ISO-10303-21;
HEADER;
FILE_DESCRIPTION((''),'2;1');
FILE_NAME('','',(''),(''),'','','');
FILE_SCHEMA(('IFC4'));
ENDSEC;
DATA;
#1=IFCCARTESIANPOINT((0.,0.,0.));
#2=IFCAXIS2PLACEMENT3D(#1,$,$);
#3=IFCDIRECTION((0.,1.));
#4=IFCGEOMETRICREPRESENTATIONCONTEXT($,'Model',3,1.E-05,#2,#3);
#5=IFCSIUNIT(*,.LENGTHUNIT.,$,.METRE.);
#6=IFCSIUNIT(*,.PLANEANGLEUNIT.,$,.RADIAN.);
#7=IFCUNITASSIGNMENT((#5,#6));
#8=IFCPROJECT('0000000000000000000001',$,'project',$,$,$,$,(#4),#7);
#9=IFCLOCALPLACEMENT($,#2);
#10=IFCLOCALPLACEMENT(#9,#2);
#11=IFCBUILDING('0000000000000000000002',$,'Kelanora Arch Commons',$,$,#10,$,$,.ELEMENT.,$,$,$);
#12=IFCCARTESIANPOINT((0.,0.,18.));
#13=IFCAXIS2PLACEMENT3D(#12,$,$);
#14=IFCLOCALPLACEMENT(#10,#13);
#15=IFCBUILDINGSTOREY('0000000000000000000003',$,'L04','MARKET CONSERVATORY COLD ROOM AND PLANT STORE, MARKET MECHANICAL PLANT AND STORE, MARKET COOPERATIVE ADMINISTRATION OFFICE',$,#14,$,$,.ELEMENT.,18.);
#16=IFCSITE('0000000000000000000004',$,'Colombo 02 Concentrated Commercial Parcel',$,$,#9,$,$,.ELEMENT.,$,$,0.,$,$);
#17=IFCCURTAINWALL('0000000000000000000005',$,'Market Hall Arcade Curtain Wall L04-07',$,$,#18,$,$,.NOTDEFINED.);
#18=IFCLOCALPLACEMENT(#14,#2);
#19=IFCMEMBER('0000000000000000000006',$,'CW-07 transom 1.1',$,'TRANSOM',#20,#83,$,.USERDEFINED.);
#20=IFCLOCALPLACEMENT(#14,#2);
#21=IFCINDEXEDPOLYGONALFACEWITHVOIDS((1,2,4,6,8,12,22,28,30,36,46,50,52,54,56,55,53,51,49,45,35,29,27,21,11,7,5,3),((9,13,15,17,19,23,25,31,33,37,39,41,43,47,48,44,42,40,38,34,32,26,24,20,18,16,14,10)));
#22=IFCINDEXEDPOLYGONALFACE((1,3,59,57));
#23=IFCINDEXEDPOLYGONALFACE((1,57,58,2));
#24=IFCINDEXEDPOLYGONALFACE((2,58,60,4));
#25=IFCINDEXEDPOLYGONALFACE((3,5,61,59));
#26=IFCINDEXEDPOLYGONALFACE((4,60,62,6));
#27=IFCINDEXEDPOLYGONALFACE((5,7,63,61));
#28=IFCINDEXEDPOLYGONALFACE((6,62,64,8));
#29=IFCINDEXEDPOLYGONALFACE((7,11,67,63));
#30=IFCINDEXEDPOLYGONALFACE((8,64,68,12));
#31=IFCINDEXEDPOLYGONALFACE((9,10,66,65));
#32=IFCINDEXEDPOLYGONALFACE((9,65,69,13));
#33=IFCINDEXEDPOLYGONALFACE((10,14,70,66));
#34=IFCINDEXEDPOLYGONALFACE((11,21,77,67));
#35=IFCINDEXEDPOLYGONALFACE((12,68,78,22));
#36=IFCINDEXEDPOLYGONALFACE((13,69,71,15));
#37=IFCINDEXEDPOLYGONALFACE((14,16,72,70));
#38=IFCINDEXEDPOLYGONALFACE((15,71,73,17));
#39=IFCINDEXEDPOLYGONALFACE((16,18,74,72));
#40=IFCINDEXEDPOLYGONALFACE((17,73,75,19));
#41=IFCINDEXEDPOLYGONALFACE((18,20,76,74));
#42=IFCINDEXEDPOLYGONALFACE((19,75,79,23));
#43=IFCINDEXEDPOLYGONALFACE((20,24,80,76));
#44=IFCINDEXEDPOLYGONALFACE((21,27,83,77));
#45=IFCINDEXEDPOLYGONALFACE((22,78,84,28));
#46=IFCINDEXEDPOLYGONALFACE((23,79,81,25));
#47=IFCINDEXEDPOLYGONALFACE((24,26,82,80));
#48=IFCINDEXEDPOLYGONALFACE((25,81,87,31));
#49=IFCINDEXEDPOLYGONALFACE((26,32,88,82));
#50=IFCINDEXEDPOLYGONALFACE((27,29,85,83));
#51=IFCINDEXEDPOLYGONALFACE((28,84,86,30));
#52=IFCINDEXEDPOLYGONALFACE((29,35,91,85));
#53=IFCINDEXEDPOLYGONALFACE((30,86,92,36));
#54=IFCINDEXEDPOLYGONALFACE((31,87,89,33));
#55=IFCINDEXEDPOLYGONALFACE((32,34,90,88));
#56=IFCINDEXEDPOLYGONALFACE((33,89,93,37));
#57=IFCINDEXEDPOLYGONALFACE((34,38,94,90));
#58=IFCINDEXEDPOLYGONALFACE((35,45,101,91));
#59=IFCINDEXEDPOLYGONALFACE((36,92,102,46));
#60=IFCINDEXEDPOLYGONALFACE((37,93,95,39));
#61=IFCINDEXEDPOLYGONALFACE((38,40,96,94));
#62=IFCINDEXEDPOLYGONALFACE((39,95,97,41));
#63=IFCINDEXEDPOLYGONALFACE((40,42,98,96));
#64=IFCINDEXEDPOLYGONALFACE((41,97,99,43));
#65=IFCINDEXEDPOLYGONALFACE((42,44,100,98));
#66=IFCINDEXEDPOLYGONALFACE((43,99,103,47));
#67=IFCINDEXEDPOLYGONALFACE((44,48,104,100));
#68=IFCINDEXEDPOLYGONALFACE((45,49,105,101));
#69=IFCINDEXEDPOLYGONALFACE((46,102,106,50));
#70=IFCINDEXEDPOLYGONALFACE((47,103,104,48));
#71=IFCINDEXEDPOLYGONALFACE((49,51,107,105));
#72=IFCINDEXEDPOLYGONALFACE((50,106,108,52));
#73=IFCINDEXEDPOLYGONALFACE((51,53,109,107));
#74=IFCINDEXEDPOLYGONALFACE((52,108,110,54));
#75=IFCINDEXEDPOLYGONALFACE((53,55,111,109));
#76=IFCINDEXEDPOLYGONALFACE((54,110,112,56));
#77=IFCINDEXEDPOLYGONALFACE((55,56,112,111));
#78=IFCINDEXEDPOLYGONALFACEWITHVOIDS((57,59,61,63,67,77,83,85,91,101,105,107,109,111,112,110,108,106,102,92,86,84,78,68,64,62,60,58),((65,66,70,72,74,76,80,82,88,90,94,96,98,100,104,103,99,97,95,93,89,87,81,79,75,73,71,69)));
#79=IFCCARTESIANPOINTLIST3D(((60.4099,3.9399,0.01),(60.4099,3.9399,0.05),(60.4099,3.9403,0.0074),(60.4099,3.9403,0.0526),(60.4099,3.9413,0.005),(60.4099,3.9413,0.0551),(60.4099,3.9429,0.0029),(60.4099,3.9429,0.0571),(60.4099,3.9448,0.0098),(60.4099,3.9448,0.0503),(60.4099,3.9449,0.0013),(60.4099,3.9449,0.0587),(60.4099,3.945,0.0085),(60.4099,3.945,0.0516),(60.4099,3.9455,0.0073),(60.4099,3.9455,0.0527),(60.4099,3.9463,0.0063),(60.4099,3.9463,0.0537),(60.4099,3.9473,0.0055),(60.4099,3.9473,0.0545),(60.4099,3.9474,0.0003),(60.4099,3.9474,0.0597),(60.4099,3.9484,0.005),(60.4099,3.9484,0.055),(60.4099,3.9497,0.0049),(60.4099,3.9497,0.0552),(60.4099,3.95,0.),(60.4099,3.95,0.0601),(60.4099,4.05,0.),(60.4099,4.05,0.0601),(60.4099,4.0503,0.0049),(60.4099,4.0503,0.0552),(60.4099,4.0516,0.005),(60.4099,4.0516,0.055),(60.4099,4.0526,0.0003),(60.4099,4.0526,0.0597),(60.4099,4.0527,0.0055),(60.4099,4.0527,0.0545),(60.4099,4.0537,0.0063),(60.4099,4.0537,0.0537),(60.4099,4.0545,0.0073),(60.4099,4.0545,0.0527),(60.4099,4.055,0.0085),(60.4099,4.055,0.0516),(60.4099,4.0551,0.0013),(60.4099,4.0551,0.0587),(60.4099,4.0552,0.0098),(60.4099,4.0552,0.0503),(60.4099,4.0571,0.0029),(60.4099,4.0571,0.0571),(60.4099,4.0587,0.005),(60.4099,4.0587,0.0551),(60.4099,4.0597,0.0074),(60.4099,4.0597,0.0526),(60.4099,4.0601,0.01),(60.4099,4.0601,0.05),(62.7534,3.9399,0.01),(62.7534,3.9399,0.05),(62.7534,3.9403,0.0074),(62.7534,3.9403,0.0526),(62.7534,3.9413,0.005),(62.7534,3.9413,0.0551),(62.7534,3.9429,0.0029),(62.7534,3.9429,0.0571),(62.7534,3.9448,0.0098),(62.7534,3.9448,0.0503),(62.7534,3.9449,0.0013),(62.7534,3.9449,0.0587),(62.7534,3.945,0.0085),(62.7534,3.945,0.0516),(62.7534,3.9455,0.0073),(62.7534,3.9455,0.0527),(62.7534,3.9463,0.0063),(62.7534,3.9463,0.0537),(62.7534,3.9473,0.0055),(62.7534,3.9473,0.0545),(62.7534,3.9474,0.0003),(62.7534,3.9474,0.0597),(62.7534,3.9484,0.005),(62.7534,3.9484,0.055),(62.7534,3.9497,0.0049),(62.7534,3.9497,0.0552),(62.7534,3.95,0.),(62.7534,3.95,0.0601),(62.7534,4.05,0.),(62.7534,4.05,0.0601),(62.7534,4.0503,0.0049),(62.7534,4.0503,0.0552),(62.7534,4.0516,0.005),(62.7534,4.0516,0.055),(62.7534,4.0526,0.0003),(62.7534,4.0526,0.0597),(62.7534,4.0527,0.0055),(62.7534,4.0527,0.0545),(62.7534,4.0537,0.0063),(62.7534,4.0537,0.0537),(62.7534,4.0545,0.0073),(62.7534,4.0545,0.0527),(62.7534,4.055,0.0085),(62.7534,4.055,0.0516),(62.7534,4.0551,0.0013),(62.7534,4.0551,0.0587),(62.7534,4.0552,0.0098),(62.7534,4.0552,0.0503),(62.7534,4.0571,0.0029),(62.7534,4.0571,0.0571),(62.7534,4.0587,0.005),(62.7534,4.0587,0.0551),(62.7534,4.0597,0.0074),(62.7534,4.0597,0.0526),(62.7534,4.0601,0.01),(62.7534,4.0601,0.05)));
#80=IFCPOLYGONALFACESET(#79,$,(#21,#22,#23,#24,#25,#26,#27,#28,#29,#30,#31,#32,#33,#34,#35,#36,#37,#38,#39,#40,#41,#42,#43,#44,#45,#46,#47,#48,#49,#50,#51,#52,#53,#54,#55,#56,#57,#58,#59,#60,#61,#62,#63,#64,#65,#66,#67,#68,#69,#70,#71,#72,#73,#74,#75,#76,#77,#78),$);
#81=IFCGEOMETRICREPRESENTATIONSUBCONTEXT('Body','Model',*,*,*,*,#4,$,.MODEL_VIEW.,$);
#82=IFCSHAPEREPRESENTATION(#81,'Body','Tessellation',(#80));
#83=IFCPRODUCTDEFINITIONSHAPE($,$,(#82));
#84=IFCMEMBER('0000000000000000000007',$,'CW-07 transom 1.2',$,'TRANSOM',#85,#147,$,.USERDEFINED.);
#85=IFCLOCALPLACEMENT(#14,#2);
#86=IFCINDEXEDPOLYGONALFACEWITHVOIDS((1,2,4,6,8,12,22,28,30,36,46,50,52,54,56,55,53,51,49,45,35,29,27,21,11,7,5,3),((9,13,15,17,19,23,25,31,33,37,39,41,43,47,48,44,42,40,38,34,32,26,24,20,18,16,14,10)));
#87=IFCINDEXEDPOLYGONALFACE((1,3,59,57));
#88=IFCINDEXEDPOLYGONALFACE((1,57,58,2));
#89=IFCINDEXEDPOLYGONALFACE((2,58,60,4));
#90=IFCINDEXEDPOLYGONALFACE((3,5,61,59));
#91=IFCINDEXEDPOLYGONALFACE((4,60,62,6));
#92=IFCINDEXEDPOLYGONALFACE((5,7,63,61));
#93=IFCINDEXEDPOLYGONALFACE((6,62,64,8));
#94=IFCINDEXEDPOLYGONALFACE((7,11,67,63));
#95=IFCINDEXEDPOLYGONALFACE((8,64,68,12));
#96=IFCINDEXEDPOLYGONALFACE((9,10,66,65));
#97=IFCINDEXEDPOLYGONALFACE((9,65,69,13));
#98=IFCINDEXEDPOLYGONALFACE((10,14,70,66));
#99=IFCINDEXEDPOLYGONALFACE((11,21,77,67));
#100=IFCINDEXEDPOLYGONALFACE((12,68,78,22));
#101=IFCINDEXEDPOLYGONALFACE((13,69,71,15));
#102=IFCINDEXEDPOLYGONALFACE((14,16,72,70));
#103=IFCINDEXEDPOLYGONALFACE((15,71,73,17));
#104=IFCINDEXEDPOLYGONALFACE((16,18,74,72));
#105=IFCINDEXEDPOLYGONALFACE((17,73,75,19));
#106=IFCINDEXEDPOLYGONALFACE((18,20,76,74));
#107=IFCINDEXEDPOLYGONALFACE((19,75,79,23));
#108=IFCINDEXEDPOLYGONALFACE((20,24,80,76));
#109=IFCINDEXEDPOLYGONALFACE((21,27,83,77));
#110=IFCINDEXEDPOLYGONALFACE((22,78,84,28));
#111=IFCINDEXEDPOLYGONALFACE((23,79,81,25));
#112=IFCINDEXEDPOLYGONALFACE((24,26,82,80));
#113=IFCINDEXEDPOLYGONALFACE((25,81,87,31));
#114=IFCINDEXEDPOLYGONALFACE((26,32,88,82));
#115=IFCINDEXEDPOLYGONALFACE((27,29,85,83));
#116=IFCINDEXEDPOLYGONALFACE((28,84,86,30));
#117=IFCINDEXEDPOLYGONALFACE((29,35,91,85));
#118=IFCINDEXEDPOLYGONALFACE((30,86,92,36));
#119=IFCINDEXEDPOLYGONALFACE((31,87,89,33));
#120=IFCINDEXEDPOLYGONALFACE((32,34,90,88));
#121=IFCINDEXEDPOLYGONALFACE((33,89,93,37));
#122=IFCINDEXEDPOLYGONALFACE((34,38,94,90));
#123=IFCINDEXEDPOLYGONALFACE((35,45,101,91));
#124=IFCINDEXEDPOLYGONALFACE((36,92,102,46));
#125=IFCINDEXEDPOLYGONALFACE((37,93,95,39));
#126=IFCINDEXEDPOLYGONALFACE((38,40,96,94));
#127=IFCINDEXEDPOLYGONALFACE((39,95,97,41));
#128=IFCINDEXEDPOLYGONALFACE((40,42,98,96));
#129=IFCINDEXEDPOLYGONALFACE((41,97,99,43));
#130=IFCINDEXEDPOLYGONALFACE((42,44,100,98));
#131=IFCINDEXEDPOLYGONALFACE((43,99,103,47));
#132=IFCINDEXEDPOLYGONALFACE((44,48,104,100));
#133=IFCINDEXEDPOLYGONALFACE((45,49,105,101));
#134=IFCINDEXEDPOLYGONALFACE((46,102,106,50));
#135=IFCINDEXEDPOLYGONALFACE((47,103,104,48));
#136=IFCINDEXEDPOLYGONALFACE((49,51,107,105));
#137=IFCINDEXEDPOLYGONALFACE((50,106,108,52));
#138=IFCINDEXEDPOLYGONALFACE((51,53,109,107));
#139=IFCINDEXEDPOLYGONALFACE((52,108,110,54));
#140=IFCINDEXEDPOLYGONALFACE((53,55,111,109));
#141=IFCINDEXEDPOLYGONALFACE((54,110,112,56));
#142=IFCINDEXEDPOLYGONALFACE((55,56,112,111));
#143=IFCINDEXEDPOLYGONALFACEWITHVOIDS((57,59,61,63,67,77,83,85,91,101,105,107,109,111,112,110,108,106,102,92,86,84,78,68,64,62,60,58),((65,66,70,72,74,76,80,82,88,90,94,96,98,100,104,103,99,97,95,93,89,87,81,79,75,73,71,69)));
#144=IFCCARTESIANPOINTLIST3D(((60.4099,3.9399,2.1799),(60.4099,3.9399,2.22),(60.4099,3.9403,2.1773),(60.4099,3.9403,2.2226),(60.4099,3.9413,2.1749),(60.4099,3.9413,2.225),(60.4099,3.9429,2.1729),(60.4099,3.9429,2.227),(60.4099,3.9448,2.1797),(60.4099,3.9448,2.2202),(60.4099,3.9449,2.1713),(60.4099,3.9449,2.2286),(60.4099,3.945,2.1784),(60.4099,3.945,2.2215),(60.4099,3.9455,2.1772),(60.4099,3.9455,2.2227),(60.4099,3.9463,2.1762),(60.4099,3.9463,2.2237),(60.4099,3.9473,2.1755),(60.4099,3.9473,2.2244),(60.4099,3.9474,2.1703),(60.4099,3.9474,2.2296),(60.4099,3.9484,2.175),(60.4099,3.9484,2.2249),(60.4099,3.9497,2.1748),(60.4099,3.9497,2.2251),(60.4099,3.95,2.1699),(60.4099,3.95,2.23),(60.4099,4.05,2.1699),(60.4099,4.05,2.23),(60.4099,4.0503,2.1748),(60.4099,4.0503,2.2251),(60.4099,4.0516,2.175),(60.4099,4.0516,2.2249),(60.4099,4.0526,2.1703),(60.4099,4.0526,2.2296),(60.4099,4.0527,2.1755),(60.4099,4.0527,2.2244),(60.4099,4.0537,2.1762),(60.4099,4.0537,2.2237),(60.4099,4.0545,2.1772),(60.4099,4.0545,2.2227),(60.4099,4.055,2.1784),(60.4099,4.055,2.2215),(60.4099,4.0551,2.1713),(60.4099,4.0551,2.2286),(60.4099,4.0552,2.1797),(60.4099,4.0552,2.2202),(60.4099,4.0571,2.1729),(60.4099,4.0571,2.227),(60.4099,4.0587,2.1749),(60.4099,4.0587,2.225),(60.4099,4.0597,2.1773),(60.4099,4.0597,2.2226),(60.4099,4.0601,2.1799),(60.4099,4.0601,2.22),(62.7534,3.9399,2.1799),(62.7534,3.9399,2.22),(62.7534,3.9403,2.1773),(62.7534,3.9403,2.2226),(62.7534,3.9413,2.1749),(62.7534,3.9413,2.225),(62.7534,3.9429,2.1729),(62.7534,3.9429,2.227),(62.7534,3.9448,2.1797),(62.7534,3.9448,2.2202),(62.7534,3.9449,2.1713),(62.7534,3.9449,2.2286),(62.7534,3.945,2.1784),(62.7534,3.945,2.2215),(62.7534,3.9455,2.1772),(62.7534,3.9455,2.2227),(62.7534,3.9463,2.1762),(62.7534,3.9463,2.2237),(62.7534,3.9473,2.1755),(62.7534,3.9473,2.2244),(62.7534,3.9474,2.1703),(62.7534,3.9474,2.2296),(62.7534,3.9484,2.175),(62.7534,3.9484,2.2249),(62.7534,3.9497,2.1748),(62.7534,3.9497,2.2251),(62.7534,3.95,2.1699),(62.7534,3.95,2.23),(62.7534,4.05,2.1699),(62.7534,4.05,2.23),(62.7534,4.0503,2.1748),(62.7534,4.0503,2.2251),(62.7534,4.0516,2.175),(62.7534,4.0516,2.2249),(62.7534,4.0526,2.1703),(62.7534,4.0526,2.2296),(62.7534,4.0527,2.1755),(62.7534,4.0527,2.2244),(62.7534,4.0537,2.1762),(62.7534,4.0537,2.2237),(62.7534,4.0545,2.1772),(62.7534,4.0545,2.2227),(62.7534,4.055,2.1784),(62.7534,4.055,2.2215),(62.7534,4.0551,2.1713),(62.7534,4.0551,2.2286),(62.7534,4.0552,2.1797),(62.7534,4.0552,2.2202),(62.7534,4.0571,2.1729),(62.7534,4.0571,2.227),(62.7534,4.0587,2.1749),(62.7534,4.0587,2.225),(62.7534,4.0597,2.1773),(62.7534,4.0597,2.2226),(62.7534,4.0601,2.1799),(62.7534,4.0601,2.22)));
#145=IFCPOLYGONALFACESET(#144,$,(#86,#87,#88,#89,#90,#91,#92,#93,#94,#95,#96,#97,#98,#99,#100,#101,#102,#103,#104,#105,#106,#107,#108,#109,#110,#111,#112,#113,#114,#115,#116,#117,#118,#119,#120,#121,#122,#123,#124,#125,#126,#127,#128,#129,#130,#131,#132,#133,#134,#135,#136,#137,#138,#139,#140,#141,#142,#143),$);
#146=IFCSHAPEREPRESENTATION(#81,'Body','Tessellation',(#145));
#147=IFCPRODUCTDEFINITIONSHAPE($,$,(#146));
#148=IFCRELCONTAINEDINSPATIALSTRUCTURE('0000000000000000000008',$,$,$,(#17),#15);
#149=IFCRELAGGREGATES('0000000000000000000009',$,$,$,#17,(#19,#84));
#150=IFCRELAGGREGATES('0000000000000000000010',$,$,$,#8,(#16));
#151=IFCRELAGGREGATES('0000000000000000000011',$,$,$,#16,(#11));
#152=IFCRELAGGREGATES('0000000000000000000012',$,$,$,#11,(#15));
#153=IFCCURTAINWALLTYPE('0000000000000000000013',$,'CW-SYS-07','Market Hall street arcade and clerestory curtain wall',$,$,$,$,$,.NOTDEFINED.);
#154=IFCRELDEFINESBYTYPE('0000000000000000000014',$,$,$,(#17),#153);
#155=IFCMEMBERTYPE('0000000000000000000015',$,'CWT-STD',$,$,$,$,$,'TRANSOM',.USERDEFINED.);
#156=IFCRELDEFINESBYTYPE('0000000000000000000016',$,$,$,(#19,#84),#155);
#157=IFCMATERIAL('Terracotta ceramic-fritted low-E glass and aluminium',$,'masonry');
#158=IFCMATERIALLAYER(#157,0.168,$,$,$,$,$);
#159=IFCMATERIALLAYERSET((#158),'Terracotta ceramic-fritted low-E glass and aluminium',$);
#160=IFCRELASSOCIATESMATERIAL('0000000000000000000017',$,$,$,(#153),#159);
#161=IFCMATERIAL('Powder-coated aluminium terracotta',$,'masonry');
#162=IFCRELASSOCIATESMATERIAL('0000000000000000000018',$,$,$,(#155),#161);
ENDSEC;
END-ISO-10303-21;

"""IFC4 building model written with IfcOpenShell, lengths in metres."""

from ifc_helpers import new_model, si_unit, direction, frame, origin, origin_2d, place, context, subcontext, project, spatial, hollow_rectangle, extrude, material, layer, layer_set, material_profile, profile_set, type_object, element, aggregate, save


model = new_model("IFC4")

# Units and contexts
model_context = context("Model", 3, precision=1e-05, world=origin(), true_north=direction((0.0, 1.0)))
body_context = subcontext(model_context, "Body", "Model", "MODEL_VIEW")
ifc_project = project(units=[si_unit("LENGTHUNIT", "METRE"), si_unit("PLANEANGLEUNIT", "RADIAN")], contexts=[model_context])

# Site, building, storey
site_placement = place(None, origin())
site = spatial("IfcSite", under=ifc_project, at=site_placement, Name="Colombo 02 Concentrated Commercial Parcel", CompositionType="ELEMENT", RefElevation=0.0)
building_placement = place(site_placement, origin())
building = spatial("IfcBuilding", under=site, at=building_placement, Name="Kelanora Arch Commons", CompositionType="ELEMENT")
storey_placement = place(building_placement, frame((0.0, 0.0, 18.0)))
storey = spatial("IfcBuildingStorey", under=building, at=storey_placement, Name="L04", Description="MARKET CONSERVATORY COLD ROOM AND PLANT STORE, MARKET MECHANICAL PLANT AND STORE, MARKET COOPERATIVE ADMINISTRATION OFFICE", CompositionType="ELEMENT", Elevation=18.0)

# Curtain wall, members
ifc_material_1 = material(Name="Terracotta ceramic-fritted low-E glass and aluminium", Category="masonry")
ifc_layer_1 = layer(ifc_material_1, 0.168)
ifc_layer_set_1 = layer_set([ifc_layer_1], Name="Terracotta ceramic-fritted low-E glass and aluminium")
curtain_wall_type = type_object("IfcCurtainWallType", Name="CW-SYS-07", Description="Market Hall street arcade and clerestory curtain wall", PredefinedType="NOTDEFINED", material=ifc_layer_set_1)
curtain_wall_placement = place(storey_placement, origin())
curtain_wall = element("IfcCurtainWall", 1, at=curtain_wall_placement, inside=storey, type_object=curtain_wall_type, Name="Market Hall Arcade Curtain Wall L04-07", PredefinedType="NOTDEFINED")
ifc_material_2 = material(Name="Powder-coated aluminium terracotta", Category="masonry")
ifc_material_profile_1 = material_profile(ifc_material_2, hollow_rectangle(XDim=0.1201, YDim=0.0601, WallThickness=0.0049, InnerFilletRadius=0.0049, OuterFilletRadius=0.01, at=origin_2d()), Name="CWT120x60")
ifc_profile_set_1 = profile_set([ifc_material_profile_1], Name="Powder-coated aluminium terracotta")
member_type_1 = type_object("IfcMemberType", Name="CWT-STD", ElementType="TRANSOM", PredefinedType="USERDEFINED", material=ifc_profile_set_1)
member_1_placement = place(storey_placement, frame((60.4099, 4.0, 0.03), z_axis=(1.0, 0.0, 0.0), x_axis=(0.0, 1.0, 0.0)))
member_1 = element("IfcMember", 2, at=member_1_placement, type_object=member_type_1, Name="CW-07 transom 1.1", ObjectType="TRANSOM", PredefinedType="USERDEFINED", context=body_context, shape_type="SweptSolid", body=[
    extrude(hollow_rectangle(XDim=0.1201, YDim=0.0601, WallThickness=0.0049, InnerFilletRadius=0.0049, OuterFilletRadius=0.01, at=origin_2d()), origin(), (0.0, 0.0, 1.0), 2.3435),
])
member_2_placement = place(storey_placement, frame((60.4099, 4.0, 2.2), z_axis=(1.0, 0.0, 0.0), x_axis=(0.0, 1.0, 0.0)))
member_2 = element("IfcMember", 3, at=member_2_placement, type_object=member_type_1, Name="CW-07 transom 1.2", ObjectType="TRANSOM", PredefinedType="USERDEFINED", context=body_context, shape_type="SweptSolid", body=[
    extrude(hollow_rectangle(XDim=0.1201, YDim=0.0601, WallThickness=0.0049, InnerFilletRadius=0.0049, OuterFilletRadius=0.01, at=origin_2d()), origin(), (0.0, 0.0, 1.0), 2.3435),
])
aggregate(curtain_wall, [member_1, member_2])

save(model, "model.ifc")
